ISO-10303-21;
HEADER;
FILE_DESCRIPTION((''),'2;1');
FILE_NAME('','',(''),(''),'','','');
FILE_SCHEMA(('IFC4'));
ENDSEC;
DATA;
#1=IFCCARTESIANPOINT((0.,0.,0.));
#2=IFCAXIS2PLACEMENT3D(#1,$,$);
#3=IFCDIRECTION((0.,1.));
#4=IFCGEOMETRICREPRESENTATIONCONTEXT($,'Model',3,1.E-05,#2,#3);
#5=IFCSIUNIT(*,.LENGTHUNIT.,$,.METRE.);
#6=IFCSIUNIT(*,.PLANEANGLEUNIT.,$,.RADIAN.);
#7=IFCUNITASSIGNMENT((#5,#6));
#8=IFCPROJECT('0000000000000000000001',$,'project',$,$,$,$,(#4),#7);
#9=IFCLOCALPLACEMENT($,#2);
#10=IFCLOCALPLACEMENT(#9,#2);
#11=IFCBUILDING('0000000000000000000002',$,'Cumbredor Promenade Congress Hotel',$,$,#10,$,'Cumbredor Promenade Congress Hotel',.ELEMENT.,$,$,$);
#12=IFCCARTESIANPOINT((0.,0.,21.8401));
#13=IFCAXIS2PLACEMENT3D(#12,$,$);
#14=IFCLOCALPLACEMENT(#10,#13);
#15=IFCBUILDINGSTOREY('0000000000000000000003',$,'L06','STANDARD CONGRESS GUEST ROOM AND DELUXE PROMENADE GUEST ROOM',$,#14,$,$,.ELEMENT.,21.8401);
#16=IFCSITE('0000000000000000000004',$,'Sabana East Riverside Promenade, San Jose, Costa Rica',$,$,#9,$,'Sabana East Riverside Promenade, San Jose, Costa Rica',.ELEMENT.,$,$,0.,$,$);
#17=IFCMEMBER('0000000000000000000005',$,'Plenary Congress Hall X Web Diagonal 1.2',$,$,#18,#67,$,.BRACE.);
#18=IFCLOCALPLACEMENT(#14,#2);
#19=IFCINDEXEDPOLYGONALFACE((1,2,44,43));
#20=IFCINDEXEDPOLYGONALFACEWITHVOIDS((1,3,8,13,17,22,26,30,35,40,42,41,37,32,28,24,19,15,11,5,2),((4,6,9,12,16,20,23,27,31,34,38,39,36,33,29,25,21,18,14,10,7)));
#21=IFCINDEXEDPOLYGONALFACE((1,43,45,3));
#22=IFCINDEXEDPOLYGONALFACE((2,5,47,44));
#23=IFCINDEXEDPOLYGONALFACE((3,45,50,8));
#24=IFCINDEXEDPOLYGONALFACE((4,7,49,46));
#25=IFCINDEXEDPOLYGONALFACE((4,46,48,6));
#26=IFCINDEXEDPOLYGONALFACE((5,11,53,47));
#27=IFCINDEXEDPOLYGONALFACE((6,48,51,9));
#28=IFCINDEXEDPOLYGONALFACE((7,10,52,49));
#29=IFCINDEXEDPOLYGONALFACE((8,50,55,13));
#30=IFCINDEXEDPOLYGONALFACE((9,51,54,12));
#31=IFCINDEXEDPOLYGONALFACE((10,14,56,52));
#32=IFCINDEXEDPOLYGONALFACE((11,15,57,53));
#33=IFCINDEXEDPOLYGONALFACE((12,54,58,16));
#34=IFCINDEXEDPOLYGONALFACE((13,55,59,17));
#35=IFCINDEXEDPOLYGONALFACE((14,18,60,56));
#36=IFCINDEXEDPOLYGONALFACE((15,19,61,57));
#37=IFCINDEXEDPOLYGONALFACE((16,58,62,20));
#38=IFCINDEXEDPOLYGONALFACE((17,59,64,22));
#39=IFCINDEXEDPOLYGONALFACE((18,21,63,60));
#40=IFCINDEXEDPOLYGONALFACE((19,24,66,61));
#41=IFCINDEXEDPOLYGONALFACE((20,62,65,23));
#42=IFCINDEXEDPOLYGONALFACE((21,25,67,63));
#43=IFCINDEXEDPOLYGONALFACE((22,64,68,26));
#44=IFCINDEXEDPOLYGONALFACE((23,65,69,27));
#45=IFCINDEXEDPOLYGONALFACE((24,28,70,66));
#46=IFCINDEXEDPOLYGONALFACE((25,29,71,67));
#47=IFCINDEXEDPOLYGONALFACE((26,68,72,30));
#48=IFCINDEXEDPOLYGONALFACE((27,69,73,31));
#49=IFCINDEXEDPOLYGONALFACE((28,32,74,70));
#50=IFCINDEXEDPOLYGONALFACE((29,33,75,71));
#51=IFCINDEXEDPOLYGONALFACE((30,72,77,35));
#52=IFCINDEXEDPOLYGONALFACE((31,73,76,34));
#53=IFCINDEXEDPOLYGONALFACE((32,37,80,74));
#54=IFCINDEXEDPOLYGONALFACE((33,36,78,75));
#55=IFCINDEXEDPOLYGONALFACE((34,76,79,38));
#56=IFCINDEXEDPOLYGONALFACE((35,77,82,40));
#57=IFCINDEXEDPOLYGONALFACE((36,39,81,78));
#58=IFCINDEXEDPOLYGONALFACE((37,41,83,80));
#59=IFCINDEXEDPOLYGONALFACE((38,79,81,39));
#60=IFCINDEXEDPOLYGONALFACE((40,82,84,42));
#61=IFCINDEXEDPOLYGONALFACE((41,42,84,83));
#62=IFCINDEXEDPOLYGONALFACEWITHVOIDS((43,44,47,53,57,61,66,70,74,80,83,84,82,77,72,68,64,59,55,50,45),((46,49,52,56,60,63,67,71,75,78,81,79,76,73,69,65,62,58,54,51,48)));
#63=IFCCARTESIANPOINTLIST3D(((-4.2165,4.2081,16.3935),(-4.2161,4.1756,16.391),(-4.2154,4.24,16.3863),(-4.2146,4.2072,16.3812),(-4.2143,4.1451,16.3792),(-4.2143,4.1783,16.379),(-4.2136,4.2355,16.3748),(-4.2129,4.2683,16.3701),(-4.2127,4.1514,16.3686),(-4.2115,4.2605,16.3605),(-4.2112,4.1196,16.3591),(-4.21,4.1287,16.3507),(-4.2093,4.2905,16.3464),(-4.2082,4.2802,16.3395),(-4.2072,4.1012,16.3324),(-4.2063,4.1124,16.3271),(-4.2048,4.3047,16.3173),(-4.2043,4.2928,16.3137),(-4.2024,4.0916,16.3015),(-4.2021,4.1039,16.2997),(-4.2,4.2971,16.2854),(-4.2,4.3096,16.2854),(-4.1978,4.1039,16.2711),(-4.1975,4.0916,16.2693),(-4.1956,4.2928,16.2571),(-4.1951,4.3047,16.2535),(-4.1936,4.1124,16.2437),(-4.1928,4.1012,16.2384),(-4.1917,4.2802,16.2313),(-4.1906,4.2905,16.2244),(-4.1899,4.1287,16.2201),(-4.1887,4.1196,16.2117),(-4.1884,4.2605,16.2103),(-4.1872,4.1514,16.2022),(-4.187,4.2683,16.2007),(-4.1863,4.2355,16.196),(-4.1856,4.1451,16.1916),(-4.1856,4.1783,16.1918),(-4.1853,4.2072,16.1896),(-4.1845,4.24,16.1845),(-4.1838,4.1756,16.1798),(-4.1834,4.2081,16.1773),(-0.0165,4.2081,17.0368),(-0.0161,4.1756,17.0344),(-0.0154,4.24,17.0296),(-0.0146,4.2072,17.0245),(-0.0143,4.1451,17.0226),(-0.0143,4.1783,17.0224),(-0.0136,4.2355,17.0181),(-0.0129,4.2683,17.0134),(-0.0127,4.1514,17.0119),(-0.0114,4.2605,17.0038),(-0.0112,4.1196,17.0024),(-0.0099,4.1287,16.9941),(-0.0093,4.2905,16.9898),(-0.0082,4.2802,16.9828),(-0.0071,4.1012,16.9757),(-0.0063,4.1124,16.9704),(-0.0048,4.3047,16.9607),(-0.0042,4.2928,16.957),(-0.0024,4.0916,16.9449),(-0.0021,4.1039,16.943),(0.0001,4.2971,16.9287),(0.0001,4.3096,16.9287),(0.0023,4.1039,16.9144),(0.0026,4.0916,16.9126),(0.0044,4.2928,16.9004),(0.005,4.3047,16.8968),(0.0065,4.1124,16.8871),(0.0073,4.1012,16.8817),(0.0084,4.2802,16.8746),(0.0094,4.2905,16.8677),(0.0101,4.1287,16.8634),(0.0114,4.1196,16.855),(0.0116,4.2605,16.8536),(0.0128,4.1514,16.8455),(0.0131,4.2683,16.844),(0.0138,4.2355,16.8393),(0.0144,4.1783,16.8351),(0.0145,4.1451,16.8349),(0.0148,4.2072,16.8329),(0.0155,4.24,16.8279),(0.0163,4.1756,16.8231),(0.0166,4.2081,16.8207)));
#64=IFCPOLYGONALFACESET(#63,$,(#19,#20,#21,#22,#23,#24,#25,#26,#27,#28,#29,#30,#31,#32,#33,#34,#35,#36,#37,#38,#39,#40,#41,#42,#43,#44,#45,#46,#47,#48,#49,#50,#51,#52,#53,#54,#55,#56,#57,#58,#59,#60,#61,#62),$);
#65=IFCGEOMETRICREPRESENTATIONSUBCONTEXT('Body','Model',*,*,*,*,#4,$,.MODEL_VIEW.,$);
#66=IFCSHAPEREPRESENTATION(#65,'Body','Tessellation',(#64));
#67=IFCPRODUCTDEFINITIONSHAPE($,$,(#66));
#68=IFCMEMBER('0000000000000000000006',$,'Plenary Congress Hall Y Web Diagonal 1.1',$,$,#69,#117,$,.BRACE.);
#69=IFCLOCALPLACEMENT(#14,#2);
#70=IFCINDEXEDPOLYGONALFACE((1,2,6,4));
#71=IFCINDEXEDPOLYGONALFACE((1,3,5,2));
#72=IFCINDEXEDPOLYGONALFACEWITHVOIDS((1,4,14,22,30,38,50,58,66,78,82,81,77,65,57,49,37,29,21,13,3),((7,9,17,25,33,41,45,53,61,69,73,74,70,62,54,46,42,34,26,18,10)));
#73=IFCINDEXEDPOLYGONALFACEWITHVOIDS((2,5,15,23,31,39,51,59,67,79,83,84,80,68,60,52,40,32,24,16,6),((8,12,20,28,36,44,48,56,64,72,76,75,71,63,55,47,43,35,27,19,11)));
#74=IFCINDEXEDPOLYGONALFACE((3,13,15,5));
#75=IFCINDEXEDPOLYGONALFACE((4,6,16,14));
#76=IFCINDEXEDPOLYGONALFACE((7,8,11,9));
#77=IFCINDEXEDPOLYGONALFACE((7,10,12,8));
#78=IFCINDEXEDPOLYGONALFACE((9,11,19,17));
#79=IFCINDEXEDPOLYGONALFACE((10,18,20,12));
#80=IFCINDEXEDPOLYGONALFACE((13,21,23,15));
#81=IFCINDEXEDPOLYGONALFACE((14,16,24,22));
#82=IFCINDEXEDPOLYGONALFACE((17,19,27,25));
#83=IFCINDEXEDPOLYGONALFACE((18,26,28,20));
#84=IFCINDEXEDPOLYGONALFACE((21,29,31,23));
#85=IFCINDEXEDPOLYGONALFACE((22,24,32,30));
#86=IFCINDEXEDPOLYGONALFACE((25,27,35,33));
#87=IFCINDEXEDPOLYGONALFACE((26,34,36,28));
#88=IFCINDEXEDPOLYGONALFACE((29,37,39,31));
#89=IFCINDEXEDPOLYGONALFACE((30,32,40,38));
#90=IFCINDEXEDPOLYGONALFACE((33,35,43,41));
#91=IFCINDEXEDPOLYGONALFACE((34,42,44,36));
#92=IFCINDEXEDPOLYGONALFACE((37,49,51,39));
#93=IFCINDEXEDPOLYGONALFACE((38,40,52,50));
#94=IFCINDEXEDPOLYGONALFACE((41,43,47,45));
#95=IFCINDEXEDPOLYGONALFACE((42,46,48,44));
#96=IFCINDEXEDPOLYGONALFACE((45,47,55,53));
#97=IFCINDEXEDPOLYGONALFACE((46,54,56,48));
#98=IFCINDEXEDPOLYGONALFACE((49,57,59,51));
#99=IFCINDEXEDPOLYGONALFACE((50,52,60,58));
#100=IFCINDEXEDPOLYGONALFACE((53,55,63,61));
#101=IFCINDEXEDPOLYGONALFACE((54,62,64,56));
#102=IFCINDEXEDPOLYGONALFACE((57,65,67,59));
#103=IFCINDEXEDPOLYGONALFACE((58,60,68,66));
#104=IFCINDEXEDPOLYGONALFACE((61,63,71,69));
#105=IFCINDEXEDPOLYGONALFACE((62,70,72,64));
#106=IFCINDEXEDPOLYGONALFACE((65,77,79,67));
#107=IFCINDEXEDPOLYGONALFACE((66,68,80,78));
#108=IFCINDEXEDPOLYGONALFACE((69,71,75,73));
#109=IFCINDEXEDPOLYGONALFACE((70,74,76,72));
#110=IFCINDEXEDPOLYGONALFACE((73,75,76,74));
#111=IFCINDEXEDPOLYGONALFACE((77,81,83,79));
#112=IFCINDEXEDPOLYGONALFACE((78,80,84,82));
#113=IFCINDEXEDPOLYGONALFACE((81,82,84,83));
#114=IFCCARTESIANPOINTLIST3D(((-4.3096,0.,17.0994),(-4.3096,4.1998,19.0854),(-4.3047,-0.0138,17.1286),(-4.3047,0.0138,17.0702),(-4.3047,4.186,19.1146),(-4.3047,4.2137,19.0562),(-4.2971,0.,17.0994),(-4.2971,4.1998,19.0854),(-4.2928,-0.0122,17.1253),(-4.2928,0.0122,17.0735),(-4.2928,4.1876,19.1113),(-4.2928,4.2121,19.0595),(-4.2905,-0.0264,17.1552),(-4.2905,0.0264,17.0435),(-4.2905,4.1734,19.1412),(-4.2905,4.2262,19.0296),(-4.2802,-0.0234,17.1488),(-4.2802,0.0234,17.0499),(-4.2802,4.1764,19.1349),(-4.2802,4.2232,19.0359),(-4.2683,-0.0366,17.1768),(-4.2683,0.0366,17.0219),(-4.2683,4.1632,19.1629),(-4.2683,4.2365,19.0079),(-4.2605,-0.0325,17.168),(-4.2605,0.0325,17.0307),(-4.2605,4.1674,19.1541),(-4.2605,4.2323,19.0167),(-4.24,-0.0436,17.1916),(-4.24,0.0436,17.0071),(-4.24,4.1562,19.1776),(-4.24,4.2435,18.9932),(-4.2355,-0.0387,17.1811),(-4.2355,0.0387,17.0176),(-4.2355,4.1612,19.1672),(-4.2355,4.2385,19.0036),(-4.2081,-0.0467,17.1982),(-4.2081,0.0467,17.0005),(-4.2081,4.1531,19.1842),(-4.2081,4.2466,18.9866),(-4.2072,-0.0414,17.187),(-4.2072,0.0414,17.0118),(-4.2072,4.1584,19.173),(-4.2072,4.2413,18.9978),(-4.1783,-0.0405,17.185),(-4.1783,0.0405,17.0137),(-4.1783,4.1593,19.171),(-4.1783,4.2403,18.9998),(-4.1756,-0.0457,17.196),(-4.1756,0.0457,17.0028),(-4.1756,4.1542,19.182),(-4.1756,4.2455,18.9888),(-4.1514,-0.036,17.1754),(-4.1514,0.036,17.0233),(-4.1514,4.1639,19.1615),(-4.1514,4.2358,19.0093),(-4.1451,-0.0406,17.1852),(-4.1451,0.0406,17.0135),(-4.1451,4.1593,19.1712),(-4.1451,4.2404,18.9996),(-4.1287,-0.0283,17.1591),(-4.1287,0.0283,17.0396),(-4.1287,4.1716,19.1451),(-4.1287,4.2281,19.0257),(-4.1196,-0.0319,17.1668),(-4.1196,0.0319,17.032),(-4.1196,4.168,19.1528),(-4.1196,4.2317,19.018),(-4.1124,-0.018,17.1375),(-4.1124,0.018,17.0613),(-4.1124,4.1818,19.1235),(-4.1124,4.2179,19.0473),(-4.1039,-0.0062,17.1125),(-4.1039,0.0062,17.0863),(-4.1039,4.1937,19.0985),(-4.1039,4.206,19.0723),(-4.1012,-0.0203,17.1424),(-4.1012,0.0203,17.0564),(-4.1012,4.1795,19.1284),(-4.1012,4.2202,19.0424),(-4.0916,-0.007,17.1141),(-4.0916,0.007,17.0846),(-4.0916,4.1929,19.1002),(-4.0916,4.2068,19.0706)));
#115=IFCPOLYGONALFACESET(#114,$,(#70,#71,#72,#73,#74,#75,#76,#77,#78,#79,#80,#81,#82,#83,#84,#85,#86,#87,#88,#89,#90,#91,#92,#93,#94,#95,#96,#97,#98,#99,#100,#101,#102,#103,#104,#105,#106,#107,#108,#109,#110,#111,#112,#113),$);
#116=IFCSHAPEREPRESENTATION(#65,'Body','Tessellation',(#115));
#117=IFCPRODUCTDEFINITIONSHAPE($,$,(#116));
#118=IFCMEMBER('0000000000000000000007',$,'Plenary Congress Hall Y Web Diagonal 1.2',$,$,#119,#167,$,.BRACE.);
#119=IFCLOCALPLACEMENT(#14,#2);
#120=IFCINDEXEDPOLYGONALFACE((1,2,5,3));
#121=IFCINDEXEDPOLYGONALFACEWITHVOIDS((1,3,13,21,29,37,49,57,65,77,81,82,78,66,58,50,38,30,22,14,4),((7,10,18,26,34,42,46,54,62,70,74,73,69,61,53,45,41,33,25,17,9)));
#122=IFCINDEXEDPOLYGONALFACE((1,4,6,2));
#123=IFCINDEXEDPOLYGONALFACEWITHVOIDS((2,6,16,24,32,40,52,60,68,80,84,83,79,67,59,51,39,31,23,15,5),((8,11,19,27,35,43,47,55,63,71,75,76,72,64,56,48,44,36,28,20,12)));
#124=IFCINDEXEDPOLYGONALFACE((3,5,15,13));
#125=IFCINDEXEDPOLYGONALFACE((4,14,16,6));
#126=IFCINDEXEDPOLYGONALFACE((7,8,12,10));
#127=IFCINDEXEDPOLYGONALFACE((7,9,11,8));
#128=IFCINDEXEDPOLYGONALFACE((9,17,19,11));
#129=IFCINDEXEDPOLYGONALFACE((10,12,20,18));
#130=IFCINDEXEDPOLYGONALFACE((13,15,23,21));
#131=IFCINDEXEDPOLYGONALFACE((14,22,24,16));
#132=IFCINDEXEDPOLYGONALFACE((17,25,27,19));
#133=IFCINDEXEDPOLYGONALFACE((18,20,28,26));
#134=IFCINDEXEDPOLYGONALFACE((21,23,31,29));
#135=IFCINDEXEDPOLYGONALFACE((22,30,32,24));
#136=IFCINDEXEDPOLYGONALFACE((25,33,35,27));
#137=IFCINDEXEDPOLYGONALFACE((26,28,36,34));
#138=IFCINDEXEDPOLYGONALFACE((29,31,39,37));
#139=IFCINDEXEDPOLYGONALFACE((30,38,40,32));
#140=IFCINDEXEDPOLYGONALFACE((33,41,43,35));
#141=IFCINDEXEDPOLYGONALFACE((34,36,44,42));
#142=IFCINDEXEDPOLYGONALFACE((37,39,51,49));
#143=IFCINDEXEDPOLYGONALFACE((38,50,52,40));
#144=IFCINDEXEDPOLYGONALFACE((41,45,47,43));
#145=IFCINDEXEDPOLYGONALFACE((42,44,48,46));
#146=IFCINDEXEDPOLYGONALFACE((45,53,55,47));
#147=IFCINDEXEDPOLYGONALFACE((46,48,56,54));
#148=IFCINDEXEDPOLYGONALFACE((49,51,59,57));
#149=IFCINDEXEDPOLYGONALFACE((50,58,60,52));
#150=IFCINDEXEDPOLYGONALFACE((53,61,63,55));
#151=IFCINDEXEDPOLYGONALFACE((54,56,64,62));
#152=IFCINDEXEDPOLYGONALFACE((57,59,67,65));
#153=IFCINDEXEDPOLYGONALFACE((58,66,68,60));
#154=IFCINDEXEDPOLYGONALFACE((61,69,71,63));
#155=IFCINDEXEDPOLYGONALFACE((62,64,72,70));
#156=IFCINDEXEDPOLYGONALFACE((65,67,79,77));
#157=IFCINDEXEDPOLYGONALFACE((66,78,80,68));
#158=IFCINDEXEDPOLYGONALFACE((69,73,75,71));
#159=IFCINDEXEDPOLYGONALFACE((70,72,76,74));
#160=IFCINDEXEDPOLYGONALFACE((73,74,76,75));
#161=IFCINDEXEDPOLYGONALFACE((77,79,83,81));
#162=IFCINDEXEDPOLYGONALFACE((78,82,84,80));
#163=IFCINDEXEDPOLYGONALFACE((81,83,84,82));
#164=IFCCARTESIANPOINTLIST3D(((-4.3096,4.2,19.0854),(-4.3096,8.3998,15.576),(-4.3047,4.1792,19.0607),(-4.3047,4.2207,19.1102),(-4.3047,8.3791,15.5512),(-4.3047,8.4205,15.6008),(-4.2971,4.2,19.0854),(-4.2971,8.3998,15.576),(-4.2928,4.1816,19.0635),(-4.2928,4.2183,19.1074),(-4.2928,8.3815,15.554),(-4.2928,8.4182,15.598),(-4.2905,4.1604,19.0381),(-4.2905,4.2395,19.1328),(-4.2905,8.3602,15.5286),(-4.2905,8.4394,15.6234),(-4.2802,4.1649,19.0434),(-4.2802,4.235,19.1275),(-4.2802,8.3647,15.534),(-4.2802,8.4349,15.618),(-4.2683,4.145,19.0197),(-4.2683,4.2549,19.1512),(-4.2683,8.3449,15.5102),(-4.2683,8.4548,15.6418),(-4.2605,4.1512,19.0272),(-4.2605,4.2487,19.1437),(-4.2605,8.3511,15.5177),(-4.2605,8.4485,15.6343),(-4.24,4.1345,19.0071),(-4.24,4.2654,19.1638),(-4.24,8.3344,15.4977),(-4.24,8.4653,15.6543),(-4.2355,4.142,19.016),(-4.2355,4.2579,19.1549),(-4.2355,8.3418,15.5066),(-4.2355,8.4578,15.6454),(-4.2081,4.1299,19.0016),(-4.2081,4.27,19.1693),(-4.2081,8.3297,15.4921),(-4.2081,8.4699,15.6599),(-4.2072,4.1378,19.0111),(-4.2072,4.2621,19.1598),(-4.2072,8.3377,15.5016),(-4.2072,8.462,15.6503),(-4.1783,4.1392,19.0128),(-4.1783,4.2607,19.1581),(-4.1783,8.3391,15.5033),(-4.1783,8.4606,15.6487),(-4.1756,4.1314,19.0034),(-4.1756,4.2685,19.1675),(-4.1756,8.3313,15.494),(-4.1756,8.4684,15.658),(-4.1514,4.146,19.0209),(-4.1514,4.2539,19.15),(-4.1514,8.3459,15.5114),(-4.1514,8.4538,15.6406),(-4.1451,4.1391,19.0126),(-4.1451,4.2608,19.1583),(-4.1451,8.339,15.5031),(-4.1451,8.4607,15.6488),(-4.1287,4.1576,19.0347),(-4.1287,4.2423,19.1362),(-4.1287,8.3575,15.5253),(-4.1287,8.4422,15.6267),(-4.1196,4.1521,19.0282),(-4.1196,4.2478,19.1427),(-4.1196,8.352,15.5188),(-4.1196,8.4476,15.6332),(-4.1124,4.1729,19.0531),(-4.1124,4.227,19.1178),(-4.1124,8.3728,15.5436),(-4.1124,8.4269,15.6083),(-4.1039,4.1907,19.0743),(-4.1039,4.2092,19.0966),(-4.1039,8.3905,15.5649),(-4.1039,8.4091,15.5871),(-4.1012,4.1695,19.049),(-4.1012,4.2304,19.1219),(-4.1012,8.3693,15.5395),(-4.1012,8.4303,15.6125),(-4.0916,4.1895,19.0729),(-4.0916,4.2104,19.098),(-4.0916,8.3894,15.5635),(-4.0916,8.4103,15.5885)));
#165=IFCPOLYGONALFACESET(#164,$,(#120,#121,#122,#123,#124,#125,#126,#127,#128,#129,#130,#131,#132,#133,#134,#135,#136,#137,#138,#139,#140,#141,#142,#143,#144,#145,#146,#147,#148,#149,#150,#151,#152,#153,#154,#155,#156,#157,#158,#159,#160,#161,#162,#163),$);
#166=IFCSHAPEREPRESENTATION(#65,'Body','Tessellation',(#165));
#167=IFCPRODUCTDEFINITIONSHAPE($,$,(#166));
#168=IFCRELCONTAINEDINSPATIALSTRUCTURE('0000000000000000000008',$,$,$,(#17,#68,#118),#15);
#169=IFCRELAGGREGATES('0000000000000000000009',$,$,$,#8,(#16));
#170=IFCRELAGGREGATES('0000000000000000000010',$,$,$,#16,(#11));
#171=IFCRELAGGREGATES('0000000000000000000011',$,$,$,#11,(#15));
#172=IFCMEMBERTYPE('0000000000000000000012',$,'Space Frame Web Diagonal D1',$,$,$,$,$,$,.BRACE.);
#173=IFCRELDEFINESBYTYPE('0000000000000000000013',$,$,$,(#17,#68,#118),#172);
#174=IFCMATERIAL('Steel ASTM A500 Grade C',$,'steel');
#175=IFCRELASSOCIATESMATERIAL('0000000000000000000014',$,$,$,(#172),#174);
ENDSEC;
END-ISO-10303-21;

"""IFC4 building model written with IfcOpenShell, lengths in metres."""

from ifc_helpers import new_model, si_unit, direction, frame, origin, origin_2d, place, context, subcontext, project, spatial, hollow_circle, extrude, material, material_profile, profile_set, type_object, element, save


model = new_model("IFC4")

# Units and contexts
model_context = context("Model", 3, precision=1e-05, world=origin(), true_north=direction((0.0, 1.0)))
body_context = subcontext(model_context, "Body", "Model", "MODEL_VIEW")
ifc_project = project(units=[si_unit("LENGTHUNIT", "METRE"), si_unit("PLANEANGLEUNIT", "RADIAN")], contexts=[model_context])

# Site, building, storey
site_placement = place(None, origin())
site = spatial("IfcSite", under=ifc_project, at=site_placement, Name="Sabana East Riverside Promenade, San Jose, Costa Rica", LongName="Sabana East Riverside Promenade, San Jose, Costa Rica", CompositionType="ELEMENT", RefElevation=0.0)
building_placement = place(site_placement, origin())
building = spatial("IfcBuilding", under=site, at=building_placement, Name="Cumbredor Promenade Congress Hotel", LongName="Cumbredor Promenade Congress Hotel", CompositionType="ELEMENT")
storey_placement = place(building_placement, frame((0.0, 0.0, 21.8401)))
storey = spatial("IfcBuildingStorey", under=building, at=storey_placement, Name="L06", Description="STANDARD CONGRESS GUEST ROOM AND DELUXE PROMENADE GUEST ROOM", CompositionType="ELEMENT", Elevation=21.8401)

# Members
ifc_material_1 = material(Name="Steel ASTM A500 Grade C", Category="steel")
ifc_material_profile_1 = material_profile(ifc_material_1, hollow_circle(Radius=0.1096, WallThickness=0.0125, at=origin_2d()), Name="CHS 219.1x12.5")
ifc_profile_set_1 = profile_set([ifc_material_profile_1], Name="Steel ASTM A500 Grade C")
member_type_1 = type_object("IfcMemberType", Name="Space Frame Web Diagonal D1", PredefinedType="BRACE", material=ifc_profile_set_1)
member_1_placement = place(storey_placement, frame((-4.2, 4.2, 16.2854), z_axis=(0.988472, 0.0, 0.151405), x_axis=(0.0, 1.0, 0.0)))
element("IfcMember", 1, at=member_1_placement, inside=storey, type_object=member_type_1, Name="Plenary Congress Hall X Web Diagonal 1.2", PredefinedType="BRACE", context=body_context, shape_type="SweptSolid", body=[
    extrude(hollow_circle(Radius=0.1096, WallThickness=0.0125, at=origin_2d()), origin(), (0.0, 0.0, 1.0), 4.249),
])
member_2_placement = place(storey_placement, frame((-4.2, 0.0, 17.0994), z_axis=(0.0, 0.904018, 0.427494), x_axis=(-1.0, 0.0, 0.0)))
element("IfcMember", 2, at=member_2_placement, inside=storey, type_object=member_type_1, Name="Plenary Congress Hall Y Web Diagonal 1.1", PredefinedType="BRACE", context=body_context, shape_type="SweptSolid", body=[
    extrude(hollow_circle(Radius=0.1096, WallThickness=0.0125, at=origin_2d()), origin(), (0.0, 0.0, 1.0), 4.6458),
])
member_3_placement = place(storey_placement, frame((-4.2, 4.2, 19.0854), z_axis=(0.0, 0.767361, -0.641215), x_axis=(-1.0, 0.0, 0.0)))
element("IfcMember", 3, at=member_3_placement, inside=storey, type_object=member_type_1, Name="Plenary Congress Hall Y Web Diagonal 1.2", PredefinedType="BRACE", context=body_context, shape_type="SweptSolid", body=[
    extrude(hollow_circle(Radius=0.1096, WallThickness=0.0125, at=origin_2d()), origin(), (0.0, 0.0, 1.0), 5.4731),
])

save(model, "model.ifc")
